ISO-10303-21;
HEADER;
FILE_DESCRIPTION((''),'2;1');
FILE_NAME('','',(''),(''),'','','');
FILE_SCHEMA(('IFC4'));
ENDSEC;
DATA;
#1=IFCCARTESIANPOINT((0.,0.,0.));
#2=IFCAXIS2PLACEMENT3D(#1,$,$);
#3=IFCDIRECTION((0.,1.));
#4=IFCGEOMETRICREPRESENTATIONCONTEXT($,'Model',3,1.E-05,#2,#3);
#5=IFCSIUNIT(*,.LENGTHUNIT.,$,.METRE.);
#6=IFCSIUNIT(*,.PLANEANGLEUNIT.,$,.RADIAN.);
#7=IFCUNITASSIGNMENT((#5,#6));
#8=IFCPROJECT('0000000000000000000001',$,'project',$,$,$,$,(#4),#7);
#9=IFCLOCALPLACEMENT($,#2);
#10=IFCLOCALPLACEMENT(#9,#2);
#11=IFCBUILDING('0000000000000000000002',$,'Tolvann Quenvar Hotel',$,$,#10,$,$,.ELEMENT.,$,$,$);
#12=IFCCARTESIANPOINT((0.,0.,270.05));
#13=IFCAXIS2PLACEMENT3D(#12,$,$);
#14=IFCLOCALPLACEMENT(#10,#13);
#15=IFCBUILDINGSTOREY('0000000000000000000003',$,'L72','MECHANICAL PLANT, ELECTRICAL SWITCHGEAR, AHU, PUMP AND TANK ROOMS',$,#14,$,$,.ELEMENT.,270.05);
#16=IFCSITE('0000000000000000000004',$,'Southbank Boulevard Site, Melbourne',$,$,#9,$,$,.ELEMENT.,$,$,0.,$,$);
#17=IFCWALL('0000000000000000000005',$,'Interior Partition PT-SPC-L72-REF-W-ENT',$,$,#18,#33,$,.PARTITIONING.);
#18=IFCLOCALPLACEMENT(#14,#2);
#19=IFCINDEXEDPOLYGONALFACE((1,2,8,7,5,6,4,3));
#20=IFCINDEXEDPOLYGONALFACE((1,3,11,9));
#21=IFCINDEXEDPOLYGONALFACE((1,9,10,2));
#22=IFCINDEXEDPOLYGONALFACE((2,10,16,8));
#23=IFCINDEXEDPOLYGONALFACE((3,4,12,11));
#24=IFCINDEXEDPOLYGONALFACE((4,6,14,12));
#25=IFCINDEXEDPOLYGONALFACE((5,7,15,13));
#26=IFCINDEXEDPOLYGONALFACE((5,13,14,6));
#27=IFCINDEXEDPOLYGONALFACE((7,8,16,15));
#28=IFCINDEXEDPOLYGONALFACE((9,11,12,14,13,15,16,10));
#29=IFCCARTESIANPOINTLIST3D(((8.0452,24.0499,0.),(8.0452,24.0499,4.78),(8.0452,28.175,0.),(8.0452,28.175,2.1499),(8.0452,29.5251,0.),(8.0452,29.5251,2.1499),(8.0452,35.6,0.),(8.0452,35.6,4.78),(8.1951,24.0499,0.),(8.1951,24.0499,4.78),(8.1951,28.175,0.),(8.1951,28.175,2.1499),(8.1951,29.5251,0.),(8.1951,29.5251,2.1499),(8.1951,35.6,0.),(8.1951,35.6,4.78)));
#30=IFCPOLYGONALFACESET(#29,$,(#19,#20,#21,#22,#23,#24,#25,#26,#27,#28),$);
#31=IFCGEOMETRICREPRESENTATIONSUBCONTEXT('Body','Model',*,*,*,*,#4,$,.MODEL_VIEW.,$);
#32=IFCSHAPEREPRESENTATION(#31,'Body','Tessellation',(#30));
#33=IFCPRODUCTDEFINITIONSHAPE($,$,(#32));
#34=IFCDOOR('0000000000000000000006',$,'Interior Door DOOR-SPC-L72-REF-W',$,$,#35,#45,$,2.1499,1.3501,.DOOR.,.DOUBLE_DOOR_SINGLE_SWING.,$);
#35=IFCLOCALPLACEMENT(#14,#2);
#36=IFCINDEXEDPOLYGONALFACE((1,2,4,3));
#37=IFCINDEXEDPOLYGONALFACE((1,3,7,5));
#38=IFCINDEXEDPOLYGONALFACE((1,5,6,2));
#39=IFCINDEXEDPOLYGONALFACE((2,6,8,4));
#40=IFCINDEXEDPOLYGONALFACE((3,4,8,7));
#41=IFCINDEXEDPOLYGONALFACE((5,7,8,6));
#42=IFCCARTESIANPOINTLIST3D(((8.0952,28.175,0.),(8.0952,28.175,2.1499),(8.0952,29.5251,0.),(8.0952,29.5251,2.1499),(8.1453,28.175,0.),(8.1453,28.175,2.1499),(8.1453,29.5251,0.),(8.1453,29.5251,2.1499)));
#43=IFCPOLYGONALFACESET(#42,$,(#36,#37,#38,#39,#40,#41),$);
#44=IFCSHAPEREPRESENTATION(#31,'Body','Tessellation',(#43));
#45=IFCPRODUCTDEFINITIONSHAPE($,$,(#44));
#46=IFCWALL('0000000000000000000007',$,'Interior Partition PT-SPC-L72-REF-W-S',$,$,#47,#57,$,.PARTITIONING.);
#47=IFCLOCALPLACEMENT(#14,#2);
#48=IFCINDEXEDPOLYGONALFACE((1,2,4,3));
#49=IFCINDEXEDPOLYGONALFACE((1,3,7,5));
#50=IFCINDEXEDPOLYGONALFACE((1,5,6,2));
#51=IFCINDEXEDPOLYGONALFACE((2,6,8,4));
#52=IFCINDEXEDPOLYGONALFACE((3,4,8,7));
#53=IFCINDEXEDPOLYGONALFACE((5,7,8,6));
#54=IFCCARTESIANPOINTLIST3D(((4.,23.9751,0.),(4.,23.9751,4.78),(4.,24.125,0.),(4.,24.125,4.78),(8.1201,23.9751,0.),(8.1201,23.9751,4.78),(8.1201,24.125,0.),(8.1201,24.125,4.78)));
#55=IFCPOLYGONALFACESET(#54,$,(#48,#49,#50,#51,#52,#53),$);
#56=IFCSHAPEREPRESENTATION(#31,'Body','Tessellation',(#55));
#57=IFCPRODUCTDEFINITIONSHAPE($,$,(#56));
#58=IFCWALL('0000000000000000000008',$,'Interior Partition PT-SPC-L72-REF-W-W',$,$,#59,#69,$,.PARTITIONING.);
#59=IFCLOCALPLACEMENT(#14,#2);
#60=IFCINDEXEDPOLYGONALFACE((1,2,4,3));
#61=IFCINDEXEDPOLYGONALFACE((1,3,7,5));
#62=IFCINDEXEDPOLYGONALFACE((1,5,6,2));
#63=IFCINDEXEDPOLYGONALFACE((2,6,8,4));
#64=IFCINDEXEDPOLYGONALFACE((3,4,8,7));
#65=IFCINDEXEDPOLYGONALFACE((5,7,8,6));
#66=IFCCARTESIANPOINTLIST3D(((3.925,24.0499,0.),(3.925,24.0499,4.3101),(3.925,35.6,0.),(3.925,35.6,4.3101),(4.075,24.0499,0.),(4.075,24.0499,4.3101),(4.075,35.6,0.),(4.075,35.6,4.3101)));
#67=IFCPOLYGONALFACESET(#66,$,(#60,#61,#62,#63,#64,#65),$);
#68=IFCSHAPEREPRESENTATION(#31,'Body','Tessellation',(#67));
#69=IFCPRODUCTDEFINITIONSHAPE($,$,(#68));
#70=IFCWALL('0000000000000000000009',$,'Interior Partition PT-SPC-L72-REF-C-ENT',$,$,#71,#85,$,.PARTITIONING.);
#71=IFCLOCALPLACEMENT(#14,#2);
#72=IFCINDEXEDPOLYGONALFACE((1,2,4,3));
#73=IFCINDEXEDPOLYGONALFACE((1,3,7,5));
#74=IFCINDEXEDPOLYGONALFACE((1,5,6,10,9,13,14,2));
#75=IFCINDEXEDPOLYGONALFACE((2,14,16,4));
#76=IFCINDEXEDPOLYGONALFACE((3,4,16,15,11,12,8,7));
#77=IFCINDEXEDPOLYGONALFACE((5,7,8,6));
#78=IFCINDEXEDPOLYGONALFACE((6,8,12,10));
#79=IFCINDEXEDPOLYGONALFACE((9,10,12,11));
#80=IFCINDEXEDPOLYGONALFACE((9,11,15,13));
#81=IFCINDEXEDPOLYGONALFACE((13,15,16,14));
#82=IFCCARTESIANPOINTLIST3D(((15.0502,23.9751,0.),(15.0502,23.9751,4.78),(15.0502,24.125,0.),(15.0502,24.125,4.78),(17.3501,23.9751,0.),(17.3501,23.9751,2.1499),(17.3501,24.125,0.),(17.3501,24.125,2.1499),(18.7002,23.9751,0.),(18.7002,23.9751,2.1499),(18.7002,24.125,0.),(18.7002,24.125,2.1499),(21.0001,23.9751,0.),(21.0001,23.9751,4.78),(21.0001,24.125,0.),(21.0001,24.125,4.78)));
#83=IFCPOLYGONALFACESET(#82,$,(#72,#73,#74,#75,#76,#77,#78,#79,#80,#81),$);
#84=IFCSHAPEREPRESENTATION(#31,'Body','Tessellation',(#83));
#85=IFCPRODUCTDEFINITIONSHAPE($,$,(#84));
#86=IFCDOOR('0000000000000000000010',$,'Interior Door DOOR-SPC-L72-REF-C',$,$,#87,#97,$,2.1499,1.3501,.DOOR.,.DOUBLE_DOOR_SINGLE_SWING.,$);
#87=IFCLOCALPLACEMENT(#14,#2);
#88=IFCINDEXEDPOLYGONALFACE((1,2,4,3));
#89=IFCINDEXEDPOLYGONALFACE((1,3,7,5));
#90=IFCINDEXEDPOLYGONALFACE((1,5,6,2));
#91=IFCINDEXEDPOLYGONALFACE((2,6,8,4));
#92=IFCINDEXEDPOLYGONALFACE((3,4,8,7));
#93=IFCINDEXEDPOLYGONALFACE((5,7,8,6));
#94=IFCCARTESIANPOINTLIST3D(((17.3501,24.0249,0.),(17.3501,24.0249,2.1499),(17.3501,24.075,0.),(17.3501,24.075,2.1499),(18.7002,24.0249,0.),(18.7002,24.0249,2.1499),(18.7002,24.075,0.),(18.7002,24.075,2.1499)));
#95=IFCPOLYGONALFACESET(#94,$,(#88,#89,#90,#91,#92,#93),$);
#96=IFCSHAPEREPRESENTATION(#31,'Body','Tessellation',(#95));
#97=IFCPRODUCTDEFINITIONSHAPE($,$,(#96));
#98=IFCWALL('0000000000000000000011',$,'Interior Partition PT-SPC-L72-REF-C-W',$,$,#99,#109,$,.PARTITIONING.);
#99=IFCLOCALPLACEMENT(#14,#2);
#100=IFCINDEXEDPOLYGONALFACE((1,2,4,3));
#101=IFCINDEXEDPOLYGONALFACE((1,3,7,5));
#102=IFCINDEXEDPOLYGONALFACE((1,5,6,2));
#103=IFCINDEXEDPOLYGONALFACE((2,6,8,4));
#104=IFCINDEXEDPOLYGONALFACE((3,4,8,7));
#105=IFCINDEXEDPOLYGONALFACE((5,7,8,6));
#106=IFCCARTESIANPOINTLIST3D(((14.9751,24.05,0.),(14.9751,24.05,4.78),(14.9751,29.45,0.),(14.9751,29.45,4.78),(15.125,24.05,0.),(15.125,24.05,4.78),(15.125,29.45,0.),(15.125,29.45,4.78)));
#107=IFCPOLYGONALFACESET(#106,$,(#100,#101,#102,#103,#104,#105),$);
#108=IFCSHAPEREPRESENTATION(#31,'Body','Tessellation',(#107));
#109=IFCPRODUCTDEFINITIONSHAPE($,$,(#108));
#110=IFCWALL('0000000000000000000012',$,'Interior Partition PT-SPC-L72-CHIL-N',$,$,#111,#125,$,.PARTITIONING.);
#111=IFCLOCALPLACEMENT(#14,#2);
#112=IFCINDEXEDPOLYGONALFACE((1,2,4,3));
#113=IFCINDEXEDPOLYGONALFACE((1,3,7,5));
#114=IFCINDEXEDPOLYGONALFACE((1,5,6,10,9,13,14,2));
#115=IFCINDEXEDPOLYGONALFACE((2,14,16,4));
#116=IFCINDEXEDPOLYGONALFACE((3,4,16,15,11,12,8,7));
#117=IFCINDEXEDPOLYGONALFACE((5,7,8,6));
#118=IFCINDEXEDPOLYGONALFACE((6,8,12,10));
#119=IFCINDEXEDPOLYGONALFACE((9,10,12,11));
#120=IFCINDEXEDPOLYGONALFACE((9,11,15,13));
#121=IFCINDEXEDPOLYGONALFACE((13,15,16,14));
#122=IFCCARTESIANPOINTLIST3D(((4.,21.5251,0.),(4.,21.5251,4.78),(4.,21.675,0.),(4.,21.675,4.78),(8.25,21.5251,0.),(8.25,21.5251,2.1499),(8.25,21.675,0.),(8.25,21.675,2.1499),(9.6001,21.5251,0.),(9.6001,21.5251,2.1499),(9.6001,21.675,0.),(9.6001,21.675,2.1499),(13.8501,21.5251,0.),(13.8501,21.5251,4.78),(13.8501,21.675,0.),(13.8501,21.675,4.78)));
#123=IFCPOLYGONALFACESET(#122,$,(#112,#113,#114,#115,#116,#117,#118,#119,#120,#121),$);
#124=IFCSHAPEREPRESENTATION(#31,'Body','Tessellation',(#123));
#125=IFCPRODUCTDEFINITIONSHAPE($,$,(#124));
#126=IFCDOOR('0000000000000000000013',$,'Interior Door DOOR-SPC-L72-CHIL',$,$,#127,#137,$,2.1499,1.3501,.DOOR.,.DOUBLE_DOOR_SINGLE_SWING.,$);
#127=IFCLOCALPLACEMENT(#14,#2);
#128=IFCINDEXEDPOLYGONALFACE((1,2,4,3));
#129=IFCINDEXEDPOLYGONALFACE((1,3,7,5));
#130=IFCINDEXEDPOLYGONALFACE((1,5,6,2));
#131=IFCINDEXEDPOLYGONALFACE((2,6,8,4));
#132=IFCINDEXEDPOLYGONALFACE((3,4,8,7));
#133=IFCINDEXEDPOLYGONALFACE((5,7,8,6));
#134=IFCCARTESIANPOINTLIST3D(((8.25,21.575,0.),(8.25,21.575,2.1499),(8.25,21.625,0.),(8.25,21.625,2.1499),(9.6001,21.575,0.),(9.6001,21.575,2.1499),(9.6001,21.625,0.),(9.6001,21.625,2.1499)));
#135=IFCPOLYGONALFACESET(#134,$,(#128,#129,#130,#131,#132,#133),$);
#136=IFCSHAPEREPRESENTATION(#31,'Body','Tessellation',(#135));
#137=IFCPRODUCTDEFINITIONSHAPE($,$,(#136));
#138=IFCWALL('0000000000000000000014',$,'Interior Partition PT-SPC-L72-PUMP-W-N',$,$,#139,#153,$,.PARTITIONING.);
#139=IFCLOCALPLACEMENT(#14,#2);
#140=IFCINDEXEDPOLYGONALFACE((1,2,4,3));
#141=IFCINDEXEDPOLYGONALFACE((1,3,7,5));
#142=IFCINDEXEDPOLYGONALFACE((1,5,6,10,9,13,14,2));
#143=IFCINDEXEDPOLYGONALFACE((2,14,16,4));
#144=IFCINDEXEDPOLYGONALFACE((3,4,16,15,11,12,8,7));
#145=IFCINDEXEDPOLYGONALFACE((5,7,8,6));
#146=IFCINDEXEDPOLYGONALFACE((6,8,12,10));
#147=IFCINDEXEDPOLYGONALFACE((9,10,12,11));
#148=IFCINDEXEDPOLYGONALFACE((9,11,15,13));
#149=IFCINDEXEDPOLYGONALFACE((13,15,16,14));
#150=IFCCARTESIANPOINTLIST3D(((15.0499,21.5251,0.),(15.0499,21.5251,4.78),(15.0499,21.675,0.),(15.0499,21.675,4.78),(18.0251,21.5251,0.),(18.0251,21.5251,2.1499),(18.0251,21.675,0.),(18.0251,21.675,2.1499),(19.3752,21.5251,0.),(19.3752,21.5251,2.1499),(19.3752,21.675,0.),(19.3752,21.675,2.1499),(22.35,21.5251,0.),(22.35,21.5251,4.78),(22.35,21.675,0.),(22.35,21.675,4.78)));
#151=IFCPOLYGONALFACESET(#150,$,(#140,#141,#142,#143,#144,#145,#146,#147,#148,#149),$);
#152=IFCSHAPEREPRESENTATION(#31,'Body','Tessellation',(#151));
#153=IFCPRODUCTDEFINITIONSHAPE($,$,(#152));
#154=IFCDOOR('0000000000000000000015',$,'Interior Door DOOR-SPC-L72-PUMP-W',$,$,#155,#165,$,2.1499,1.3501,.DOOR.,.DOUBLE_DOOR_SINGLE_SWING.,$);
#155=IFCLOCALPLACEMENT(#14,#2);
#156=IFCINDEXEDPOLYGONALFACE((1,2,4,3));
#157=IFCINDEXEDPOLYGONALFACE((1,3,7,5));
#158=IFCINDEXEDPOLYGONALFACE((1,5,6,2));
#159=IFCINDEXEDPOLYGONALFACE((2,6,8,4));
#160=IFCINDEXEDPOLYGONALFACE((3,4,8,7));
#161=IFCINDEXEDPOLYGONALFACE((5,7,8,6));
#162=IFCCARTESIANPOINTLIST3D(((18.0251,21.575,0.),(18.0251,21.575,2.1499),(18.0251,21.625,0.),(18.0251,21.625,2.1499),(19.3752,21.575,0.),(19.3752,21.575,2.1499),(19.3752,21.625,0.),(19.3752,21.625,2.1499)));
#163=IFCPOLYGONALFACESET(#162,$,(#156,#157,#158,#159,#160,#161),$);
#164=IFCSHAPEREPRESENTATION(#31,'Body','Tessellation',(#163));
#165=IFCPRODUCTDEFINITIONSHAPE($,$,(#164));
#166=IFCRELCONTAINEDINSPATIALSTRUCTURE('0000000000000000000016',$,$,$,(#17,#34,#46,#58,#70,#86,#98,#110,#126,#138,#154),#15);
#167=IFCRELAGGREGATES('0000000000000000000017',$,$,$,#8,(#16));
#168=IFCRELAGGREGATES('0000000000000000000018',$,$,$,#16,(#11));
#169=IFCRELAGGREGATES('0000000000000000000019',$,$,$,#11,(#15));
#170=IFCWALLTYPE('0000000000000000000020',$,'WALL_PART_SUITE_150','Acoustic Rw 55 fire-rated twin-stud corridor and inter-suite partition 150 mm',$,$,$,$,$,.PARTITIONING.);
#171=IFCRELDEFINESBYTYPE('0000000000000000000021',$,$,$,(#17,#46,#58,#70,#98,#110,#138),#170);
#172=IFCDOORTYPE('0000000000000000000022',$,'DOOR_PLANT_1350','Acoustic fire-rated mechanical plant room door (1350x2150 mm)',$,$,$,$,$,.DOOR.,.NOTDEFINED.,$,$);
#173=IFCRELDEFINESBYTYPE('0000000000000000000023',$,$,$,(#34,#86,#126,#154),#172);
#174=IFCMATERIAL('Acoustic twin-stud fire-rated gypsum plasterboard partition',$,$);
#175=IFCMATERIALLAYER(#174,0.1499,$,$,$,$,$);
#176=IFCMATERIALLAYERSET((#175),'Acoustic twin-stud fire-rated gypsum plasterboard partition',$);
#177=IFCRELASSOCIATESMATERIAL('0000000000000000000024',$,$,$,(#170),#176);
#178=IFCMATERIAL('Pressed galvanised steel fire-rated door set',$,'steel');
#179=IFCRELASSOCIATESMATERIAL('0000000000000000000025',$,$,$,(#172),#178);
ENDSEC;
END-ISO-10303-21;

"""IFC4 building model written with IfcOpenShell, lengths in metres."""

from ifc_helpers import new_model, si_unit, direction, frame, frame_2d, origin, place, context, subcontext, project, spatial, rectangle, extrude, source, transform, mapped, material, layer, layer_set, type_object, type_shapes, element, fill, save


model = new_model("IFC4")

# Units and contexts
model_context = context("Model", 3, precision=1e-05, world=origin(), true_north=direction((0.0, 1.0)))
body_context = subcontext(model_context, "Body", "Model", "MODEL_VIEW")
ifc_project = project(units=[si_unit("LENGTHUNIT", "METRE"), si_unit("PLANEANGLEUNIT", "RADIAN")], contexts=[model_context])

# Site, building, storey
site_placement = place(None, origin())
site = spatial("IfcSite", under=ifc_project, at=site_placement, Name="Southbank Boulevard Site, Melbourne", CompositionType="ELEMENT", RefElevation=0.0)
building_placement = place(site_placement, origin())
building = spatial("IfcBuilding", under=site, at=building_placement, Name="Tolvann Quenvar Hotel", CompositionType="ELEMENT")
storey_placement = place(building_placement, frame((0.0, 0.0, 270.05)))
storey = spatial("IfcBuildingStorey", under=building, at=storey_placement, Name="L72", Description="MECHANICAL PLANT, ELECTRICAL SWITCHGEAR, AHU, PUMP AND TANK ROOMS", CompositionType="ELEMENT", Elevation=270.05)

# Wall, opening, door
ifc_material_1 = material(Name="Acoustic twin-stud fire-rated gypsum plasterboard partition")
ifc_layer_1 = layer(ifc_material_1, 0.1499)
ifc_layer_set_1 = layer_set([ifc_layer_1], Name="Acoustic twin-stud fire-rated gypsum plasterboard partition")
wall_type = type_object("IfcWallType", Name="WALL_PART_SUITE_150", Description="Acoustic Rw 55 fire-rated twin-stud corridor and inter-suite partition 150 mm", PredefinedType="PARTITIONING", material=ifc_layer_set_1)
wall_1_placement = place(storey_placement, frame((8.1201, 24.05, 0.0), z_axis=(0.0, 0.0, 1.0), x_axis=(0.0, 1.0, 0.0)))
wall_1 = element("IfcWall", 1, at=wall_1_placement, inside=storey, type_object=wall_type, Name="Interior Partition PT-SPC-L72-REF-W-ENT", PredefinedType="PARTITIONING", context=body_context, shape_type="SweptSolid", body=[
    extrude(rectangle(XDim=11.55, YDim=0.1499, at=frame_2d((5.7749, 0.0))), origin(), (0.0, 0.0, 1.0), 4.78),
])
opening_1_placement = place(wall_1_placement, frame((4.125, 0.0, 0.0)))
opening_1 = element("IfcOpeningElement", 2, at=opening_1_placement, cuts=wall_1, PredefinedType="OPENING", context=body_context, shape_type="SweptSolid", body=[
    extrude(rectangle(XDim=1.3501, YDim=2.1499, at=frame_2d((0.675, 1.075))), frame((0.0, 0.085, 0.0), z_axis=(0.0, -1.0, 0.0), x_axis=(1.0, 0.0, 0.0)), (0.0, 0.0, 1.0), 0.1699),
])
ifc_material_2 = material(Name="Pressed galvanised steel fire-rated door set", Category="steel")
door_type = type_object("IfcDoorType", Name="DOOR_PLANT_1350", Description="Acoustic fire-rated mechanical plant room door (1350x2150 mm)", OperationType="NOTDEFINED", PredefinedType="DOOR", material=ifc_material_2)
shared_shape_1 = source(origin(), body_context, "Body", "SweptSolid", [
    extrude(rectangle(XDim=1.3501, YDim=2.1499, at=frame_2d((0.675, 1.075))), frame((0.0, 0.0249, 0.0), z_axis=(0.0, -1.0, 0.0), x_axis=(1.0, 0.0, 0.0)), (0.0, 0.0, 1.0), 0.05),
])
type_shapes(door_type, [shared_shape_1])
door_1_placement = place(opening_1_placement, origin())
door_1 = element("IfcDoor", 3, at=door_1_placement, inside=storey, type_object=door_type, Name="Interior Door DOOR-SPC-L72-REF-W", OperationType="DOUBLE_DOOR_SINGLE_SWING", OverallHeight=2.1499, OverallWidth=1.3501, PredefinedType="DOOR", context=body_context, shape_type="MappedRepresentation", body=[
    mapped(shared_shape_1, transform((0.0, 0.0, 0.0), x_axis=(1.0, 0.0, 0.0), y_axis=(0.0, 1.0, 0.0), z_axis=(0.0, 0.0, 1.0), scale=1.0)),
])
fill(opening_1, door_1)

# Walls
wall_2_placement = place(storey_placement, frame((4.0, 24.05, 0.0), z_axis=(0.0, 0.0, 1.0), x_axis=(1.0, 0.0, 0.0)))
element("IfcWall", 4, at=wall_2_placement, inside=storey, type_object=wall_type, Name="Interior Partition PT-SPC-L72-REF-W-S", PredefinedType="PARTITIONING", context=body_context, shape_type="SweptSolid", body=[
    extrude(rectangle(XDim=4.1201, YDim=0.1499, at=frame_2d((2.0601, 0.0))), origin(), (0.0, 0.0, 1.0), 4.78),
])
wall_3_placement = place(storey_placement, frame((4.0, 24.05, 0.0), z_axis=(0.0, 0.0, 1.0), x_axis=(0.0, 1.0, 0.0)))
element("IfcWall", 5, at=wall_3_placement, inside=storey, type_object=wall_type, Name="Interior Partition PT-SPC-L72-REF-W-W", PredefinedType="PARTITIONING", context=body_context, shape_type="SweptSolid", body=[
    extrude(rectangle(XDim=11.55, YDim=0.1499, at=frame_2d((5.7749, 0.0))), origin(), (0.0, 0.0, 1.0), 4.3101),
])

# Wall, opening, door
wall_4_placement = place(storey_placement, frame((15.05, 24.05, 0.0), z_axis=(0.0, 0.0, 1.0), x_axis=(1.0, 0.0, 0.0)))
wall_4 = element("IfcWall", 6, at=wall_4_placement, inside=storey, type_object=wall_type, Name="Interior Partition PT-SPC-L72-REF-C-ENT", PredefinedType="PARTITIONING", context=body_context, shape_type="SweptSolid", body=[
    extrude(rectangle(XDim=5.95, YDim=0.1499, at=frame_2d((2.9751, 0.0))), origin(), (0.0, 0.0, 1.0), 4.78),
])
opening_2_placement = place(wall_4_placement, frame((2.3, 0.0, 0.0)))
opening_2 = element("IfcOpeningElement", 7, at=opening_2_placement, cuts=wall_4, PredefinedType="OPENING", context=body_context, shape_type="SweptSolid", body=[
    extrude(rectangle(XDim=1.3501, YDim=2.1499, at=frame_2d((0.675, 1.075))), frame((0.0, 0.085, 0.0), z_axis=(0.0, -1.0, 0.0), x_axis=(1.0, 0.0, 0.0)), (0.0, 0.0, 1.0), 0.1699),
])
door_2_placement = place(opening_2_placement, origin())
door_2 = element("IfcDoor", 8, at=door_2_placement, inside=storey, type_object=door_type, Name="Interior Door DOOR-SPC-L72-REF-C", OperationType="DOUBLE_DOOR_SINGLE_SWING", OverallHeight=2.1499, OverallWidth=1.3501, PredefinedType="DOOR", context=body_context, shape_type="MappedRepresentation", body=[
    mapped(shared_shape_1, transform((0.0, 0.0, 0.0), x_axis=(1.0, 0.0, 0.0), y_axis=(0.0, 1.0, 0.0), z_axis=(0.0, 0.0, 1.0), scale=1.0)),
])
fill(opening_2, door_2)

# Wall
wall_5_placement = place(storey_placement, frame((15.05, 24.05, 0.0), z_axis=(0.0, 0.0, 1.0), x_axis=(0.0, 1.0, 0.0)))
element("IfcWall", 9, at=wall_5_placement, inside=storey, type_object=wall_type, Name="Interior Partition PT-SPC-L72-REF-C-W", PredefinedType="PARTITIONING", context=body_context, shape_type="SweptSolid", body=[
    extrude(rectangle(XDim=5.3999, YDim=0.1499, at=frame_2d((2.7, 0.0))), origin(), (0.0, 0.0, 1.0), 4.78),
])

# Walls, openings, doors
wall_6_placement = place(storey_placement, frame((4.0, 21.6001, 0.0), z_axis=(0.0, 0.0, 1.0), x_axis=(1.0, 0.0, 0.0)))
wall_6 = element("IfcWall", 10, at=wall_6_placement, inside=storey, type_object=wall_type, Name="Interior Partition PT-SPC-L72-CHIL-N", PredefinedType="PARTITIONING", context=body_context, shape_type="SweptSolid", body=[
    extrude(rectangle(XDim=9.8501, YDim=0.1499, at=frame_2d((4.925, 0.0))), origin(), (0.0, 0.0, 1.0), 4.78),
])
opening_3_placement = place(wall_6_placement, frame((4.25, 0.0, 0.0)))
opening_3 = element("IfcOpeningElement", 11, at=opening_3_placement, cuts=wall_6, PredefinedType="OPENING", context=body_context, shape_type="SweptSolid", body=[
    extrude(rectangle(XDim=1.3501, YDim=2.1499, at=frame_2d((0.675, 1.075))), frame((0.0, 0.085, 0.0), z_axis=(0.0, -1.0, 0.0), x_axis=(1.0, 0.0, 0.0)), (0.0, 0.0, 1.0), 0.1699),
])
door_3_placement = place(opening_3_placement, origin())
door_3 = element("IfcDoor", 12, at=door_3_placement, inside=storey, type_object=door_type, Name="Interior Door DOOR-SPC-L72-CHIL", OperationType="DOUBLE_DOOR_SINGLE_SWING", OverallHeight=2.1499, OverallWidth=1.3501, PredefinedType="DOOR", context=body_context, shape_type="MappedRepresentation", body=[
    mapped(shared_shape_1, transform((0.0, 0.0, 0.0), x_axis=(1.0, 0.0, 0.0), y_axis=(0.0, 1.0, 0.0), z_axis=(0.0, 0.0, 1.0), scale=1.0)),
])
fill(opening_3, door_3)
wall_7_placement = place(storey_placement, frame((15.05, 21.6001, 0.0), z_axis=(0.0, 0.0, 1.0), x_axis=(1.0, 0.0, 0.0)))
wall_7 = element("IfcWall", 13, at=wall_7_placement, inside=storey, type_object=wall_type, Name="Interior Partition PT-SPC-L72-PUMP-W-N", PredefinedType="PARTITIONING", context=body_context, shape_type="SweptSolid", body=[
    extrude(rectangle(XDim=7.3, YDim=0.1499, at=frame_2d((3.6499, 0.0))), origin(), (0.0, 0.0, 1.0), 4.78),
])
opening_4_placement = place(wall_7_placement, frame((2.9751, 0.0, 0.0)))
opening_4 = element("IfcOpeningElement", 14, at=opening_4_placement, cuts=wall_7, PredefinedType="OPENING", context=body_context, shape_type="SweptSolid", body=[
    extrude(rectangle(XDim=1.3501, YDim=2.1499, at=frame_2d((0.675, 1.075))), frame((0.0, 0.085, 0.0), z_axis=(0.0, -1.0, 0.0), x_axis=(1.0, 0.0, 0.0)), (0.0, 0.0, 1.0), 0.1699),
])
door_4_placement = place(opening_4_placement, origin())
door_4 = element("IfcDoor", 15, at=door_4_placement, inside=storey, type_object=door_type, Name="Interior Door DOOR-SPC-L72-PUMP-W", OperationType="DOUBLE_DOOR_SINGLE_SWING", OverallHeight=2.1499, OverallWidth=1.3501, PredefinedType="DOOR", context=body_context, shape_type="MappedRepresentation", body=[
    mapped(shared_shape_1, transform((0.0, 0.0, 0.0), x_axis=(1.0, 0.0, 0.0), y_axis=(0.0, 1.0, 0.0), z_axis=(0.0, 0.0, 1.0), scale=1.0)),
])
fill(opening_4, door_4)

save(model, "model.ifc")
